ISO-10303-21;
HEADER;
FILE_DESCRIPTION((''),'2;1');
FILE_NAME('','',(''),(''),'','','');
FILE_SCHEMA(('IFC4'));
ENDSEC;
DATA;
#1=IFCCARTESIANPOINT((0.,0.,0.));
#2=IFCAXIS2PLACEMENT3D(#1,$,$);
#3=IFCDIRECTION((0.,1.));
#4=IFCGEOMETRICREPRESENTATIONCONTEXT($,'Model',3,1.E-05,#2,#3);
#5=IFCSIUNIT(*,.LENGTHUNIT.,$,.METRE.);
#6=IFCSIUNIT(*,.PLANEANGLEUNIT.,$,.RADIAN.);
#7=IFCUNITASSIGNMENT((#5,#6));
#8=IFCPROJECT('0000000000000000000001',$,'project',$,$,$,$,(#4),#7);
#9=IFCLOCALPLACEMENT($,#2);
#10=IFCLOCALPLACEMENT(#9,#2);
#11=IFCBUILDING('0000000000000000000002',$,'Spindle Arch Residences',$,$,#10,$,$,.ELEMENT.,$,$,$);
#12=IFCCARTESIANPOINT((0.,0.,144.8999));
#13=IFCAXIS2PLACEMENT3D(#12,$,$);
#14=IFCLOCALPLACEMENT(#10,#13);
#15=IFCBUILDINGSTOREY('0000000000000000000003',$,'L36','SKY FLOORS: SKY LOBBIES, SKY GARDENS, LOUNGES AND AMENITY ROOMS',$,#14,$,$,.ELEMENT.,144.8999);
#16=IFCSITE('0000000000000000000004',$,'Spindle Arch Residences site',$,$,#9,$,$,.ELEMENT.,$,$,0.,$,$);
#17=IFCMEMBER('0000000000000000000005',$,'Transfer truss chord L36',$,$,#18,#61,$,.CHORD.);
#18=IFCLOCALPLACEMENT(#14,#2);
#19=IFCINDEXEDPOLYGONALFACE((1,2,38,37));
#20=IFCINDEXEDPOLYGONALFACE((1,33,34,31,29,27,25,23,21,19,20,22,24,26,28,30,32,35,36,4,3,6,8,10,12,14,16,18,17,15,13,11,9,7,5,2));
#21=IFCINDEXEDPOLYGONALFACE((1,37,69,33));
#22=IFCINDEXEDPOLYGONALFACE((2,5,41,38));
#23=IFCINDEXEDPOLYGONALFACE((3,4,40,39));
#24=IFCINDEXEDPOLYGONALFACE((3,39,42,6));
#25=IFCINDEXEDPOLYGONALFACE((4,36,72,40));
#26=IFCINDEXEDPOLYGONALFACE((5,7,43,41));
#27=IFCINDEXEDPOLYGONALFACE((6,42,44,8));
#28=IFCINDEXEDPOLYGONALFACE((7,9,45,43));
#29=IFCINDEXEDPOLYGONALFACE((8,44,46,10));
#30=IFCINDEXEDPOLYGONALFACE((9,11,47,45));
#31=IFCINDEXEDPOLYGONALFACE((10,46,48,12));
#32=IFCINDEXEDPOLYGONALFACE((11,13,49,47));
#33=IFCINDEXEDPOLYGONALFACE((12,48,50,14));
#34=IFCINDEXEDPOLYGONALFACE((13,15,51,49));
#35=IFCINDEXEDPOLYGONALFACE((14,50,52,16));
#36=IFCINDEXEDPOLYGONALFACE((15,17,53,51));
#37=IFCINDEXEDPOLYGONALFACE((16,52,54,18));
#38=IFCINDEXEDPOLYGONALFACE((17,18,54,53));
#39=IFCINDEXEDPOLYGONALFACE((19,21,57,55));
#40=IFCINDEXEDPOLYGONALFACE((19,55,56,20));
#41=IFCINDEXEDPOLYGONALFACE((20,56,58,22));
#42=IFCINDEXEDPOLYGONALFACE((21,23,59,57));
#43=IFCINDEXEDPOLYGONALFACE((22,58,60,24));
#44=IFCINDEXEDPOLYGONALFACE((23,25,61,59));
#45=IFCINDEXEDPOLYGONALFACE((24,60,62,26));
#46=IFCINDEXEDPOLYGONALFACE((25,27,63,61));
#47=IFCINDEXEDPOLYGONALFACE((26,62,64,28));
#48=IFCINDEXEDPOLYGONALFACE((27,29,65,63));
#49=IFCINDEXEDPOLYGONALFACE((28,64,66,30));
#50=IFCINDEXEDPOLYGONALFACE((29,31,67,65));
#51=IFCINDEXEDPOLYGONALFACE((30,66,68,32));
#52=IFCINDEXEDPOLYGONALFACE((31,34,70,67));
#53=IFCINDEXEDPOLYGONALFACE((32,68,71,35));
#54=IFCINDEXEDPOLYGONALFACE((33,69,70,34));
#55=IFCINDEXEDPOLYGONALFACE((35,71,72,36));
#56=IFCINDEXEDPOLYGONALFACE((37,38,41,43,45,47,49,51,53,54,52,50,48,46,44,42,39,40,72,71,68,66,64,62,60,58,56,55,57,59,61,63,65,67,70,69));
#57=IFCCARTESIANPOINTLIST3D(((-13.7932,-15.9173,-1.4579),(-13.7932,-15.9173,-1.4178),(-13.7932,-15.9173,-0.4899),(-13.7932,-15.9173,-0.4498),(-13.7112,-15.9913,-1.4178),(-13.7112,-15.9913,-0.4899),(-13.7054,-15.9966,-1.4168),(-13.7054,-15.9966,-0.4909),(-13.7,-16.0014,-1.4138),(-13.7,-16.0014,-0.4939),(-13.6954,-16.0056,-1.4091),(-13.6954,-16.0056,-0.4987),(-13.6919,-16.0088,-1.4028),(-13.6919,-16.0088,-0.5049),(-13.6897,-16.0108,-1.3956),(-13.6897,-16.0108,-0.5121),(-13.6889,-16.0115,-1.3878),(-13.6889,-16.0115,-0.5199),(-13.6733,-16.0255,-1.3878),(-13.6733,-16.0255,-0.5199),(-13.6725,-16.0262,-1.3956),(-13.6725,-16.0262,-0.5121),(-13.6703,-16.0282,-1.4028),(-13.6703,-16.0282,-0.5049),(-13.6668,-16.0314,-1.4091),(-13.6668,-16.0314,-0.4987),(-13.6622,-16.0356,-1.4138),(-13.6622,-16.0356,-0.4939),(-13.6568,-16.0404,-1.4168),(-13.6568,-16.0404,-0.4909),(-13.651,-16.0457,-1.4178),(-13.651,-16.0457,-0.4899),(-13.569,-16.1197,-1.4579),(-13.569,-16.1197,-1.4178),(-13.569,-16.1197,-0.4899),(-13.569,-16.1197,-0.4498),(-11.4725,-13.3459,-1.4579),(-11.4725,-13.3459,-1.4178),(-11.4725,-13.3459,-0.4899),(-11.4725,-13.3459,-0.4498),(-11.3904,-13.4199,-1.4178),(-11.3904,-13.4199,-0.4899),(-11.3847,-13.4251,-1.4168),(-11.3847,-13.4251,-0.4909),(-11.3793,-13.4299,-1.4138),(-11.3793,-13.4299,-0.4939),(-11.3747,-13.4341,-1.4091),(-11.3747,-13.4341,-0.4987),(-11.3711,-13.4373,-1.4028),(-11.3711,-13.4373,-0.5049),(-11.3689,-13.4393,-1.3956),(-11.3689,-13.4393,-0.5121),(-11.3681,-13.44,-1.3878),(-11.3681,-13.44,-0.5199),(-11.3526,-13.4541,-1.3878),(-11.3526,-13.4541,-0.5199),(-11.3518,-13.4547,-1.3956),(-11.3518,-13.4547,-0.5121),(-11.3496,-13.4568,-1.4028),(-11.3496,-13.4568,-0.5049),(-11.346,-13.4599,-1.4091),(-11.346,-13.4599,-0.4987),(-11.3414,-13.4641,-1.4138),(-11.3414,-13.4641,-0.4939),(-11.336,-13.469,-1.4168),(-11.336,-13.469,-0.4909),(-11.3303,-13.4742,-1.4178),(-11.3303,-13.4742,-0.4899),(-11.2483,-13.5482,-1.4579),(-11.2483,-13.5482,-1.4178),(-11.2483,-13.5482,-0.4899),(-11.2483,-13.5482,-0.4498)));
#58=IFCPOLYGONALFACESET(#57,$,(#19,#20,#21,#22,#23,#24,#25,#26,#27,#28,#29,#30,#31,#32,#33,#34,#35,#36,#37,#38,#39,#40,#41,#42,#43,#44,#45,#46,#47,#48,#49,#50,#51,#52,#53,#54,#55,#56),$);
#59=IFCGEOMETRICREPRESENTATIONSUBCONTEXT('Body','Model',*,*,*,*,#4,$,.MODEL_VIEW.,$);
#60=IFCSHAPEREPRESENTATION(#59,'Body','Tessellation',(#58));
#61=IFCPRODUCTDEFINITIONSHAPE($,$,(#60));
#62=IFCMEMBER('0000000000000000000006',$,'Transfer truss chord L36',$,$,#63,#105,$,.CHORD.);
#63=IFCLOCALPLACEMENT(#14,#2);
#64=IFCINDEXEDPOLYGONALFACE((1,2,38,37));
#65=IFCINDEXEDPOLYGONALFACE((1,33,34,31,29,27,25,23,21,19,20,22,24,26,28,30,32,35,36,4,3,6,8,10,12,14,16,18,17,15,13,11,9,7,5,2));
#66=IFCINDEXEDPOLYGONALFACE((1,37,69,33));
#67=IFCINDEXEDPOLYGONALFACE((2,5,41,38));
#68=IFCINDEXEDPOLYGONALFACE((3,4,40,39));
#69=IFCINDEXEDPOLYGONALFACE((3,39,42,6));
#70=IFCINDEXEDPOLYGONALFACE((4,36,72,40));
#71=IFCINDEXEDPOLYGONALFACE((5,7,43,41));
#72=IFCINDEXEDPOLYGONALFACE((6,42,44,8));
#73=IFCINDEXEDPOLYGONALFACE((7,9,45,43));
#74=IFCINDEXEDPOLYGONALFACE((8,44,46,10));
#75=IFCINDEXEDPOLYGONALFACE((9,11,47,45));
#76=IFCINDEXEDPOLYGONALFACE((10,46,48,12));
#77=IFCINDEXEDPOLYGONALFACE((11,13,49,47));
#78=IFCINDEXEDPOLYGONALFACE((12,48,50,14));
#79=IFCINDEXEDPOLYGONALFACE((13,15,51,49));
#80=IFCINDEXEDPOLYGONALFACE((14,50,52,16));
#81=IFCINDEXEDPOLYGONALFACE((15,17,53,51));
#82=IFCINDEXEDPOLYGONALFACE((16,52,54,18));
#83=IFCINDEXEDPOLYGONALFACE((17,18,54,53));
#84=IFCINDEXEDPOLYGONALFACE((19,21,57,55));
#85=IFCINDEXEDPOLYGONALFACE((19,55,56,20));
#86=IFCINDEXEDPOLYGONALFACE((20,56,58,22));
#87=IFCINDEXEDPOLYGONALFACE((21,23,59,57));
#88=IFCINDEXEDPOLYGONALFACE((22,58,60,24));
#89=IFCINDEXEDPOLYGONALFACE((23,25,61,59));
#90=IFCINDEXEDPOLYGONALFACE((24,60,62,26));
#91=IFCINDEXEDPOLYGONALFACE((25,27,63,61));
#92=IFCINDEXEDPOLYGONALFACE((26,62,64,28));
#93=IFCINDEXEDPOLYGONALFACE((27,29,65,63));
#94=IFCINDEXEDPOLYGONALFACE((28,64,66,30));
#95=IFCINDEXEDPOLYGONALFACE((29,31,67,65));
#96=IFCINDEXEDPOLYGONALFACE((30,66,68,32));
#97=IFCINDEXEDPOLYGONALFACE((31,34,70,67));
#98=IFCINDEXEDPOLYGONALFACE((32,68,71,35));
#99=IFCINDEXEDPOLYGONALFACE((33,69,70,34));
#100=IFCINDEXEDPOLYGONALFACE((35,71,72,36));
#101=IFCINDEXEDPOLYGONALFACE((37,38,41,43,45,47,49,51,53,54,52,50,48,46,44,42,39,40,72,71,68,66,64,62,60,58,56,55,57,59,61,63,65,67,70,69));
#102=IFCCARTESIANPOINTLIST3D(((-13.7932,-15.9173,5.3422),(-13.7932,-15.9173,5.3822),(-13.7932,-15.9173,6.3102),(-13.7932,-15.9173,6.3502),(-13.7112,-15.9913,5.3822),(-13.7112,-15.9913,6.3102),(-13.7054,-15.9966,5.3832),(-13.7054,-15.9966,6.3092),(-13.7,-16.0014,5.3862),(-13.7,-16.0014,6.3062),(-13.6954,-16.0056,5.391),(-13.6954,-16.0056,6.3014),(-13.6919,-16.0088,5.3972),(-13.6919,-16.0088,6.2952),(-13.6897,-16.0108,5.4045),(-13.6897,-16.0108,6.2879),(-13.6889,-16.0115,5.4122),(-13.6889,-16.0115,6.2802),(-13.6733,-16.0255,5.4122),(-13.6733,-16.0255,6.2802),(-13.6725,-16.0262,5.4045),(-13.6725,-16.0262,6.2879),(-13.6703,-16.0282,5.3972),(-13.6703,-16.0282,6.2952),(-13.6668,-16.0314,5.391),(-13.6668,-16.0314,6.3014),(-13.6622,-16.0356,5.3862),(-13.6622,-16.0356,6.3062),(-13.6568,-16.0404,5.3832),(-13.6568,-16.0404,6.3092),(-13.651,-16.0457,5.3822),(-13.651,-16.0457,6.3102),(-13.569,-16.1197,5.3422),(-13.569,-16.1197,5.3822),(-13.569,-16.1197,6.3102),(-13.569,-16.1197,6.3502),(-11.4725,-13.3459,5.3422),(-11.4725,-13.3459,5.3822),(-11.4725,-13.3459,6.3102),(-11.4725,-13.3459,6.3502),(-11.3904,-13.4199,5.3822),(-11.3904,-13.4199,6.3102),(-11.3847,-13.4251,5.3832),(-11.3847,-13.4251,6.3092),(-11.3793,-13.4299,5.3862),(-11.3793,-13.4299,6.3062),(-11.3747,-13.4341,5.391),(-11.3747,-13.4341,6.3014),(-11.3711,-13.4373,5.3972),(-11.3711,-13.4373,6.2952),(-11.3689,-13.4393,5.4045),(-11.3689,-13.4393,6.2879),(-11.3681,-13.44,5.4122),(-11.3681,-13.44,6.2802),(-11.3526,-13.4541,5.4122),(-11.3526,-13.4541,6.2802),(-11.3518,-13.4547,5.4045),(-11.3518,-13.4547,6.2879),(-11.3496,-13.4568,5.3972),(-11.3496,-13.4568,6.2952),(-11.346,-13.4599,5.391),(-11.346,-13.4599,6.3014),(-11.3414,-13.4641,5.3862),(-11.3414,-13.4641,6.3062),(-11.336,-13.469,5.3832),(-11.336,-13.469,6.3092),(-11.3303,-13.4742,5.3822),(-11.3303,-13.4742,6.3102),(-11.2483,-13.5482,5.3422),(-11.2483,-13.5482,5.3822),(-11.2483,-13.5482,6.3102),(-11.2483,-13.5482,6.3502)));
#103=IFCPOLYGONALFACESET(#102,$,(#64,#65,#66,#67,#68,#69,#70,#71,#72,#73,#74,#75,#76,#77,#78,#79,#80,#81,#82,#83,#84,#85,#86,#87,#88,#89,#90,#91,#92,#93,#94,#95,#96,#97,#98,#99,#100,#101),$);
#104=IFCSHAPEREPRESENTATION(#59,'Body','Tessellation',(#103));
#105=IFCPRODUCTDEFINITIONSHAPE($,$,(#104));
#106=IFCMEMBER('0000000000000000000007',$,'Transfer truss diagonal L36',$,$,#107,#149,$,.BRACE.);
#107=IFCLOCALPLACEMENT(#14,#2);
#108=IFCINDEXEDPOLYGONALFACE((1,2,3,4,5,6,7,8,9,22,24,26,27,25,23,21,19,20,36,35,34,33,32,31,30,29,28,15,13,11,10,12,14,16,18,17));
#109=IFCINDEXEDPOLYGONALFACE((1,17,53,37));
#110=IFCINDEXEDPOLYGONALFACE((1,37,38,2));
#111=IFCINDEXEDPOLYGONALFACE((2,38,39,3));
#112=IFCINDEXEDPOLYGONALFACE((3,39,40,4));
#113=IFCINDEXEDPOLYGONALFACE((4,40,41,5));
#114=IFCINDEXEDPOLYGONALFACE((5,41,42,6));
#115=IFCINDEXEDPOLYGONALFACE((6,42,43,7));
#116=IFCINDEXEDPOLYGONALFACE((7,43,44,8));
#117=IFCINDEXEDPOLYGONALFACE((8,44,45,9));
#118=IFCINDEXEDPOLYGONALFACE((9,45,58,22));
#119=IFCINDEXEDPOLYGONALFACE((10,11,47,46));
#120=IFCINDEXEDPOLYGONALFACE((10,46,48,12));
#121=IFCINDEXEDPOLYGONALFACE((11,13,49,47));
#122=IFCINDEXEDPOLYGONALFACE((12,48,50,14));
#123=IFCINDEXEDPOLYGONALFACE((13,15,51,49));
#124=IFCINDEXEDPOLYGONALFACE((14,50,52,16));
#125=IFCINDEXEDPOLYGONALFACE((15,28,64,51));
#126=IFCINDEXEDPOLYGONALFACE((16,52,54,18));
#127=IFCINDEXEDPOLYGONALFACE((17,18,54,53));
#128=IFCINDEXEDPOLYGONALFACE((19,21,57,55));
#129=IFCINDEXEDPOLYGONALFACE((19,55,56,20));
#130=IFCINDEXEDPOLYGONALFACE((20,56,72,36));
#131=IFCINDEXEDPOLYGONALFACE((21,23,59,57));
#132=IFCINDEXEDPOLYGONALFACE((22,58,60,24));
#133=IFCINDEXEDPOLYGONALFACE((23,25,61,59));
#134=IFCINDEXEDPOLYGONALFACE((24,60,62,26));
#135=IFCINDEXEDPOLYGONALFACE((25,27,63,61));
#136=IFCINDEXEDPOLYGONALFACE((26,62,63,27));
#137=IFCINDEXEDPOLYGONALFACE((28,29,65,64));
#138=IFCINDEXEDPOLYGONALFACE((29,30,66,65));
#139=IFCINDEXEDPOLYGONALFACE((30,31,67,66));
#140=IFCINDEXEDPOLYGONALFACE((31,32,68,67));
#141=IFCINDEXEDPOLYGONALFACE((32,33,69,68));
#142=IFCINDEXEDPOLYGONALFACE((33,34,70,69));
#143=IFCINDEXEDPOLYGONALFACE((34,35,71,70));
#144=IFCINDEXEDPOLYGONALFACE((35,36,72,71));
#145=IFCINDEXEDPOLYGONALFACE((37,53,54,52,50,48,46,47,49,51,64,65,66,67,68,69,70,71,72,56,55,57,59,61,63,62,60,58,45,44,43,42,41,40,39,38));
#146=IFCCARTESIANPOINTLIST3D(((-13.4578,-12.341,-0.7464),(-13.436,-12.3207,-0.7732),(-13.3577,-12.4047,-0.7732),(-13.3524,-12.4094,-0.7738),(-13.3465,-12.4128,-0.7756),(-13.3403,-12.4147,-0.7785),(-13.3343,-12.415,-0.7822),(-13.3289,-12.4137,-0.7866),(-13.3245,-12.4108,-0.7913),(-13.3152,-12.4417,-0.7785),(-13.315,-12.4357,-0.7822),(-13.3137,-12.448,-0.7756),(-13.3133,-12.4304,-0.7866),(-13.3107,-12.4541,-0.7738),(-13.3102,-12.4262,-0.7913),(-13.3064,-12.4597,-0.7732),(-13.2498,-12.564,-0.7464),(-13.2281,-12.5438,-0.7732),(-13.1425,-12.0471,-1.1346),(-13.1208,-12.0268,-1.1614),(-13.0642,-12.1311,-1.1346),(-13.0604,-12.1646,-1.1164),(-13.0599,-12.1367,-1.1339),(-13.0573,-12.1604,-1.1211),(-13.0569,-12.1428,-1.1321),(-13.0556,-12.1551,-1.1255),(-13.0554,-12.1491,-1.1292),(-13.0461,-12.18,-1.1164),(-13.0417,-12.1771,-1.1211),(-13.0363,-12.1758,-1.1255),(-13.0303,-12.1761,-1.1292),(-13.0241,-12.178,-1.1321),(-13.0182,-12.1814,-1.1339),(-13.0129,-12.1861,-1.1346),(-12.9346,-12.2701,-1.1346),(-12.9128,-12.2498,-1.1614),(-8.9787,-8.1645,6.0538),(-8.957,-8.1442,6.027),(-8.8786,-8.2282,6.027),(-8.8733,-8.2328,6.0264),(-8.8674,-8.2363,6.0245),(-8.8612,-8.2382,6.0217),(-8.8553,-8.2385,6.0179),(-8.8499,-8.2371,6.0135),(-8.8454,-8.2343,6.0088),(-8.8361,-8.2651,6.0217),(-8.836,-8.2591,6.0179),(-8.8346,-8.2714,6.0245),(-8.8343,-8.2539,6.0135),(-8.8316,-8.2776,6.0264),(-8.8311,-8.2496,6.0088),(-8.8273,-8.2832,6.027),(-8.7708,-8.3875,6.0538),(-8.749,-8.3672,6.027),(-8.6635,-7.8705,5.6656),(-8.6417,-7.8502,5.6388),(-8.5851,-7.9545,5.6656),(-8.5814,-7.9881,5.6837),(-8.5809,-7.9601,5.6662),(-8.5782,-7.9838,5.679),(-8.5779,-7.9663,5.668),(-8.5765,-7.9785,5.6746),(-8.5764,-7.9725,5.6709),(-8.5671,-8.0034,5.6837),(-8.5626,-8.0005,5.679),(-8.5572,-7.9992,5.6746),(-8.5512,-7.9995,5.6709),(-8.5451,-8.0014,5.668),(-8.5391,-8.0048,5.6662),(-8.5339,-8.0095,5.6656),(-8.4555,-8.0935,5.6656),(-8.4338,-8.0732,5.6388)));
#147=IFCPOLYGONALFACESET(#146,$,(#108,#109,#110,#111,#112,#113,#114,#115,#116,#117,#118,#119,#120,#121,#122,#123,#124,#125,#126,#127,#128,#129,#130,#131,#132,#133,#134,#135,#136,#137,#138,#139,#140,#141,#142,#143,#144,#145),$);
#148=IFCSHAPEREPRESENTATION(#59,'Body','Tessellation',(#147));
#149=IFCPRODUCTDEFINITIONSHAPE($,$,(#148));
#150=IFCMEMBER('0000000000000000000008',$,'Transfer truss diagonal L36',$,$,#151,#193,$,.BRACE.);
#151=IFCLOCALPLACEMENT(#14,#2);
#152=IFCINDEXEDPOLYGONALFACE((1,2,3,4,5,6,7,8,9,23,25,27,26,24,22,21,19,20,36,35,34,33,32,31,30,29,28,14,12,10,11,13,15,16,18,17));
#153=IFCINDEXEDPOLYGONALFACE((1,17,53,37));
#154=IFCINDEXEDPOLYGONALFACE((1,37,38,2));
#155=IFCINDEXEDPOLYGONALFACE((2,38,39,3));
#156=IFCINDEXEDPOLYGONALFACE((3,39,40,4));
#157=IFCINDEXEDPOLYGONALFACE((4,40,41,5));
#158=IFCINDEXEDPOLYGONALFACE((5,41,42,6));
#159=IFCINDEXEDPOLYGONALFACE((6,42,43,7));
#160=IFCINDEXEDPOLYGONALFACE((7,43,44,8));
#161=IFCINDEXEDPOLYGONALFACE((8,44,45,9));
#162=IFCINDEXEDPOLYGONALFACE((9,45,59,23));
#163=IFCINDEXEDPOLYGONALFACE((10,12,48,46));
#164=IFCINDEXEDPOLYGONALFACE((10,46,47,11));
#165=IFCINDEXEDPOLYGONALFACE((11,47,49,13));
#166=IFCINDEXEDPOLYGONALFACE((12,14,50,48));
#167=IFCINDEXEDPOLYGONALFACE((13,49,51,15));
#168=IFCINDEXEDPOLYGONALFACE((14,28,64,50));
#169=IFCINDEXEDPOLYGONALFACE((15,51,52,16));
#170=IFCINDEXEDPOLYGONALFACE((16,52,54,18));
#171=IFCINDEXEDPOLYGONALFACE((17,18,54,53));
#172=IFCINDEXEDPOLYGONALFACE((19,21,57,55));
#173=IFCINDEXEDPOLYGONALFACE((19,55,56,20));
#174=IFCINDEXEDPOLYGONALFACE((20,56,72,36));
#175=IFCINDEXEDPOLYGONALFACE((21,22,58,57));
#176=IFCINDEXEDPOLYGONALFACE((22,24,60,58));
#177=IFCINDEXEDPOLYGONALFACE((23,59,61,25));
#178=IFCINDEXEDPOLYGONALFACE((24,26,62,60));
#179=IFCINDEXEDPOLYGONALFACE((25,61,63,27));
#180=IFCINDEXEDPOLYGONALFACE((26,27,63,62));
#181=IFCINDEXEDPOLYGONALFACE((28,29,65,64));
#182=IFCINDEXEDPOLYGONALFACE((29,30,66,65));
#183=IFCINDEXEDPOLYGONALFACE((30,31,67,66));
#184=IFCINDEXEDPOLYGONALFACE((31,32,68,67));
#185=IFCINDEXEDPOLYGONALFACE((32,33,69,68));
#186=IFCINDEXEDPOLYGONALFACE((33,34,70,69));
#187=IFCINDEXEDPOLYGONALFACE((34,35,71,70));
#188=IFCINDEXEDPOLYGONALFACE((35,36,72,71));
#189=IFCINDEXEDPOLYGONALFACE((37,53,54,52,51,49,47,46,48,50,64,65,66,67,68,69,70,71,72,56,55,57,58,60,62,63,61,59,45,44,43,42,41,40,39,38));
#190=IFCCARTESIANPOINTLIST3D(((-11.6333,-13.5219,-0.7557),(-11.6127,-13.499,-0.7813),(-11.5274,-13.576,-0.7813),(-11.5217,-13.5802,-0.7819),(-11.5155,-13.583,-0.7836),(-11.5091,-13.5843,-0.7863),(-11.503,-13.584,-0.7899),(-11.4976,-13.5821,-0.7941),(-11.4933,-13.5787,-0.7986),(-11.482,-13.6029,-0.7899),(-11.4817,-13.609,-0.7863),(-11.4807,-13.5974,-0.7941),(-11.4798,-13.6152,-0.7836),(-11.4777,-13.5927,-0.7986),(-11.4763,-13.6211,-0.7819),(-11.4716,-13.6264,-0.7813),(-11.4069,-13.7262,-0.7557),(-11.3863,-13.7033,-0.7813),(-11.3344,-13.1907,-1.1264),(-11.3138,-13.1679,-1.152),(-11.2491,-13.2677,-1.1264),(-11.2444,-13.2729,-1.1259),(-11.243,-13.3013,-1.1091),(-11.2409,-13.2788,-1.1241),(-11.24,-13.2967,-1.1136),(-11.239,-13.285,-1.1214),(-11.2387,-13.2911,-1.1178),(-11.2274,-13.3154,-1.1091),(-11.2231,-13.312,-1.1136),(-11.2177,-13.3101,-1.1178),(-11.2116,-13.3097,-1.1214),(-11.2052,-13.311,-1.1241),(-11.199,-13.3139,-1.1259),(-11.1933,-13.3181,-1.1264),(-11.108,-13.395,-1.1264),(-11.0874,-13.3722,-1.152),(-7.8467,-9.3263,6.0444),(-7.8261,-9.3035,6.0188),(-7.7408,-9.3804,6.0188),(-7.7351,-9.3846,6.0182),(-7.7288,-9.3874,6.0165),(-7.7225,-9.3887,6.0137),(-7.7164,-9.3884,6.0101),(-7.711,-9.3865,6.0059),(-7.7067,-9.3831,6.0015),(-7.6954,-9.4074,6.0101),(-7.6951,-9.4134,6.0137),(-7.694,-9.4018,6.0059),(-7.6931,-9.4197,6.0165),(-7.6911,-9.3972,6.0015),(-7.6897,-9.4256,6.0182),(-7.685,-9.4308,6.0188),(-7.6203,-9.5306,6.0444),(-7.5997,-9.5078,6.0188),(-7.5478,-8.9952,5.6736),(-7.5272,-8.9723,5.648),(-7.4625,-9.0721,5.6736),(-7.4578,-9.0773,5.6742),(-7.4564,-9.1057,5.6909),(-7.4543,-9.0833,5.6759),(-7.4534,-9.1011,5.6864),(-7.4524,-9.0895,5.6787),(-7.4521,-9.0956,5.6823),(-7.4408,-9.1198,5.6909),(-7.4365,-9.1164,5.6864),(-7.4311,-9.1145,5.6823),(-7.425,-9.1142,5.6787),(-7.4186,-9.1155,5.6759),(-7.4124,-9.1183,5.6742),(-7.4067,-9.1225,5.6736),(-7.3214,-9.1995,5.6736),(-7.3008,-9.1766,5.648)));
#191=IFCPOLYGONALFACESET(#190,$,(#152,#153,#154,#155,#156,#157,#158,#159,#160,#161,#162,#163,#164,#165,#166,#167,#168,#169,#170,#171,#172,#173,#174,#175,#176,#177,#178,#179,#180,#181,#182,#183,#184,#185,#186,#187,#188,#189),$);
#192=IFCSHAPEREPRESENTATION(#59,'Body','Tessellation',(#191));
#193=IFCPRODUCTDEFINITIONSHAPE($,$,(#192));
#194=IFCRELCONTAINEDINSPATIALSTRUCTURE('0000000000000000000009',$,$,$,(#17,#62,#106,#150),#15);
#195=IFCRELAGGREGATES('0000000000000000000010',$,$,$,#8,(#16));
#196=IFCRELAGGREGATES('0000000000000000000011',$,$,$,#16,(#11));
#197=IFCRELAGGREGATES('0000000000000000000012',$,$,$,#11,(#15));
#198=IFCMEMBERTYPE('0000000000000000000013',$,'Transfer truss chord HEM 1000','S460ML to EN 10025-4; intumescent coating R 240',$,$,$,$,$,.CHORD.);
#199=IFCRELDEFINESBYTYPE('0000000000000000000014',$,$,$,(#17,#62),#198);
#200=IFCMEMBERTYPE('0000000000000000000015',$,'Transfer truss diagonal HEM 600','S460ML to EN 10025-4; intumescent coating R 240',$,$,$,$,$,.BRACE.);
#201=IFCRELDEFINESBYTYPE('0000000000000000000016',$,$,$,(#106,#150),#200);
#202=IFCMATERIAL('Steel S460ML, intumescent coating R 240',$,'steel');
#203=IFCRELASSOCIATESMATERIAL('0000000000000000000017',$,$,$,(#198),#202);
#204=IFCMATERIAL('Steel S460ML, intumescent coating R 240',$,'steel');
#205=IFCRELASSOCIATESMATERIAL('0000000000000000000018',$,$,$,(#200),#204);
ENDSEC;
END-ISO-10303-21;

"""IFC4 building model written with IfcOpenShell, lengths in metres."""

from ifc_helpers import new_model, si_unit, direction, frame, origin, origin_2d, place, context, subcontext, project, spatial, i_section, extrude, material, material_profile, profile_set, type_object, element, save


model = new_model("IFC4")

# Units and contexts
model_context = context("Model", 3, precision=1e-05, world=origin(), true_north=direction((0.0, 1.0)))
body_context = subcontext(model_context, "Body", "Model", "MODEL_VIEW")
ifc_project = project(units=[si_unit("LENGTHUNIT", "METRE"), si_unit("PLANEANGLEUNIT", "RADIAN")], contexts=[model_context])

# Site, building, storey
site_placement = place(None, origin())
site = spatial("IfcSite", under=ifc_project, at=site_placement, Name="Spindle Arch Residences site", CompositionType="ELEMENT", RefElevation=0.0)
building_placement = place(site_placement, origin())
building = spatial("IfcBuilding", under=site, at=building_placement, Name="Spindle Arch Residences", CompositionType="ELEMENT")
storey_placement = place(building_placement, frame((0.0, 0.0, 144.8999)))
storey = spatial("IfcBuildingStorey", under=building, at=storey_placement, Name="L36", Description="SKY FLOORS: SKY LOBBIES, SKY GARDENS, LOUNGES AND AMENITY ROOMS", CompositionType="ELEMENT", Elevation=144.8999)

# Members
ifc_material_1 = material(Name="Steel S460ML, intumescent coating R 240", Category="steel")
ifc_material_profile_1 = material_profile(ifc_material_1, i_section(OverallWidth=0.302, OverallDepth=1.0081, WebThickness=0.021, FlangeThickness=0.04, FilletRadius=0.03, at=origin_2d()), Name="HEM 1000")
ifc_profile_set_1 = profile_set([ifc_material_profile_1], Name="Steel S460ML, intumescent coating R 240")
member_type_1 = type_object("IfcMemberType", Name="Transfer truss chord HEM 1000", Description="S460ML to EN 10025-4; intumescent coating R 240", PredefinedType="CHORD", material=ifc_profile_set_1)
for number, where, z_axis, x_axis, name in (
    (1, (-11.3604, -13.447, -0.9539), (-0.669988, -0.742372, 0.0), (0.742372, -0.669988, 0.0), "Transfer truss chord L36"),
    (2, (-11.3604, -13.447, 5.8462), (-0.669988, -0.742372, 0.0), (0.742372, -0.669988, 0.0), "Transfer truss chord L36"),
):
    element("IfcMember", number, at=place(storey_placement, frame(where, z_axis=z_axis, x_axis=x_axis)), inside=storey, type_object=member_type_1, Name=name, PredefinedType="CHORD", context=body_context, shape_type="SweptSolid", body=[
        extrude(i_section(OverallWidth=0.302, OverallDepth=1.0081, WebThickness=0.021, FlangeThickness=0.04, FilletRadius=0.03, at=origin_2d()), origin(), (0.0, 0.0, 1.0), 3.4639),
    ])
ifc_material_2 = material(Name="Steel S460ML, intumescent coating R 240", Category="steel")
ifc_material_profile_2 = material_profile(ifc_material_2, i_section(OverallWidth=0.3049, OverallDepth=0.6201, WebThickness=0.021, FlangeThickness=0.04, FilletRadius=0.0271, at=origin_2d()), Name="HEM 600")
ifc_profile_set_2 = profile_set([ifc_material_profile_2], Name="Steel S460ML, intumescent coating R 240")
member_type_2 = type_object("IfcMemberType", Name="Transfer truss diagonal HEM 600", Description="S460ML to EN 10025-4; intumescent coating R 240", PredefinedType="BRACE", material=ifc_profile_set_2)
member_1_placement = place(storey_placement, frame((-13.1853, -12.2954, -0.9539), z_axis=(0.489442, 0.456387, 0.743073), x_axis=(-0.681979, 0.731372, 0.0)))
element("IfcMember", 3, at=member_1_placement, inside=storey, type_object=member_type_2, Name="Transfer truss diagonal L36", PredefinedType="BRACE", context=body_context, shape_type="SweptSolid", body=[
    extrude(i_section(OverallWidth=0.3049, OverallDepth=0.6201, WebThickness=0.021, FlangeThickness=0.04, FilletRadius=0.0271, at=origin_2d()), origin(), (0.0, 0.0, 1.0), 9.1514),
])
member_2_placement = place(storey_placement, frame((-11.3604, -13.447, -0.9539), z_axis=(0.428251, 0.4745, 0.769058), x_axis=(-0.742359, 0.670002, 0.0)))
element("IfcMember", 4, at=member_2_placement, inside=storey, type_object=member_type_2, Name="Transfer truss diagonal L36", PredefinedType="BRACE", context=body_context, shape_type="SweptSolid", body=[
    extrude(i_section(OverallWidth=0.3049, OverallDepth=0.6201, WebThickness=0.021, FlangeThickness=0.04, FilletRadius=0.0271, at=origin_2d()), origin(), (0.0, 0.0, 1.0), 8.842),
])

save(model, "model.ifc")
